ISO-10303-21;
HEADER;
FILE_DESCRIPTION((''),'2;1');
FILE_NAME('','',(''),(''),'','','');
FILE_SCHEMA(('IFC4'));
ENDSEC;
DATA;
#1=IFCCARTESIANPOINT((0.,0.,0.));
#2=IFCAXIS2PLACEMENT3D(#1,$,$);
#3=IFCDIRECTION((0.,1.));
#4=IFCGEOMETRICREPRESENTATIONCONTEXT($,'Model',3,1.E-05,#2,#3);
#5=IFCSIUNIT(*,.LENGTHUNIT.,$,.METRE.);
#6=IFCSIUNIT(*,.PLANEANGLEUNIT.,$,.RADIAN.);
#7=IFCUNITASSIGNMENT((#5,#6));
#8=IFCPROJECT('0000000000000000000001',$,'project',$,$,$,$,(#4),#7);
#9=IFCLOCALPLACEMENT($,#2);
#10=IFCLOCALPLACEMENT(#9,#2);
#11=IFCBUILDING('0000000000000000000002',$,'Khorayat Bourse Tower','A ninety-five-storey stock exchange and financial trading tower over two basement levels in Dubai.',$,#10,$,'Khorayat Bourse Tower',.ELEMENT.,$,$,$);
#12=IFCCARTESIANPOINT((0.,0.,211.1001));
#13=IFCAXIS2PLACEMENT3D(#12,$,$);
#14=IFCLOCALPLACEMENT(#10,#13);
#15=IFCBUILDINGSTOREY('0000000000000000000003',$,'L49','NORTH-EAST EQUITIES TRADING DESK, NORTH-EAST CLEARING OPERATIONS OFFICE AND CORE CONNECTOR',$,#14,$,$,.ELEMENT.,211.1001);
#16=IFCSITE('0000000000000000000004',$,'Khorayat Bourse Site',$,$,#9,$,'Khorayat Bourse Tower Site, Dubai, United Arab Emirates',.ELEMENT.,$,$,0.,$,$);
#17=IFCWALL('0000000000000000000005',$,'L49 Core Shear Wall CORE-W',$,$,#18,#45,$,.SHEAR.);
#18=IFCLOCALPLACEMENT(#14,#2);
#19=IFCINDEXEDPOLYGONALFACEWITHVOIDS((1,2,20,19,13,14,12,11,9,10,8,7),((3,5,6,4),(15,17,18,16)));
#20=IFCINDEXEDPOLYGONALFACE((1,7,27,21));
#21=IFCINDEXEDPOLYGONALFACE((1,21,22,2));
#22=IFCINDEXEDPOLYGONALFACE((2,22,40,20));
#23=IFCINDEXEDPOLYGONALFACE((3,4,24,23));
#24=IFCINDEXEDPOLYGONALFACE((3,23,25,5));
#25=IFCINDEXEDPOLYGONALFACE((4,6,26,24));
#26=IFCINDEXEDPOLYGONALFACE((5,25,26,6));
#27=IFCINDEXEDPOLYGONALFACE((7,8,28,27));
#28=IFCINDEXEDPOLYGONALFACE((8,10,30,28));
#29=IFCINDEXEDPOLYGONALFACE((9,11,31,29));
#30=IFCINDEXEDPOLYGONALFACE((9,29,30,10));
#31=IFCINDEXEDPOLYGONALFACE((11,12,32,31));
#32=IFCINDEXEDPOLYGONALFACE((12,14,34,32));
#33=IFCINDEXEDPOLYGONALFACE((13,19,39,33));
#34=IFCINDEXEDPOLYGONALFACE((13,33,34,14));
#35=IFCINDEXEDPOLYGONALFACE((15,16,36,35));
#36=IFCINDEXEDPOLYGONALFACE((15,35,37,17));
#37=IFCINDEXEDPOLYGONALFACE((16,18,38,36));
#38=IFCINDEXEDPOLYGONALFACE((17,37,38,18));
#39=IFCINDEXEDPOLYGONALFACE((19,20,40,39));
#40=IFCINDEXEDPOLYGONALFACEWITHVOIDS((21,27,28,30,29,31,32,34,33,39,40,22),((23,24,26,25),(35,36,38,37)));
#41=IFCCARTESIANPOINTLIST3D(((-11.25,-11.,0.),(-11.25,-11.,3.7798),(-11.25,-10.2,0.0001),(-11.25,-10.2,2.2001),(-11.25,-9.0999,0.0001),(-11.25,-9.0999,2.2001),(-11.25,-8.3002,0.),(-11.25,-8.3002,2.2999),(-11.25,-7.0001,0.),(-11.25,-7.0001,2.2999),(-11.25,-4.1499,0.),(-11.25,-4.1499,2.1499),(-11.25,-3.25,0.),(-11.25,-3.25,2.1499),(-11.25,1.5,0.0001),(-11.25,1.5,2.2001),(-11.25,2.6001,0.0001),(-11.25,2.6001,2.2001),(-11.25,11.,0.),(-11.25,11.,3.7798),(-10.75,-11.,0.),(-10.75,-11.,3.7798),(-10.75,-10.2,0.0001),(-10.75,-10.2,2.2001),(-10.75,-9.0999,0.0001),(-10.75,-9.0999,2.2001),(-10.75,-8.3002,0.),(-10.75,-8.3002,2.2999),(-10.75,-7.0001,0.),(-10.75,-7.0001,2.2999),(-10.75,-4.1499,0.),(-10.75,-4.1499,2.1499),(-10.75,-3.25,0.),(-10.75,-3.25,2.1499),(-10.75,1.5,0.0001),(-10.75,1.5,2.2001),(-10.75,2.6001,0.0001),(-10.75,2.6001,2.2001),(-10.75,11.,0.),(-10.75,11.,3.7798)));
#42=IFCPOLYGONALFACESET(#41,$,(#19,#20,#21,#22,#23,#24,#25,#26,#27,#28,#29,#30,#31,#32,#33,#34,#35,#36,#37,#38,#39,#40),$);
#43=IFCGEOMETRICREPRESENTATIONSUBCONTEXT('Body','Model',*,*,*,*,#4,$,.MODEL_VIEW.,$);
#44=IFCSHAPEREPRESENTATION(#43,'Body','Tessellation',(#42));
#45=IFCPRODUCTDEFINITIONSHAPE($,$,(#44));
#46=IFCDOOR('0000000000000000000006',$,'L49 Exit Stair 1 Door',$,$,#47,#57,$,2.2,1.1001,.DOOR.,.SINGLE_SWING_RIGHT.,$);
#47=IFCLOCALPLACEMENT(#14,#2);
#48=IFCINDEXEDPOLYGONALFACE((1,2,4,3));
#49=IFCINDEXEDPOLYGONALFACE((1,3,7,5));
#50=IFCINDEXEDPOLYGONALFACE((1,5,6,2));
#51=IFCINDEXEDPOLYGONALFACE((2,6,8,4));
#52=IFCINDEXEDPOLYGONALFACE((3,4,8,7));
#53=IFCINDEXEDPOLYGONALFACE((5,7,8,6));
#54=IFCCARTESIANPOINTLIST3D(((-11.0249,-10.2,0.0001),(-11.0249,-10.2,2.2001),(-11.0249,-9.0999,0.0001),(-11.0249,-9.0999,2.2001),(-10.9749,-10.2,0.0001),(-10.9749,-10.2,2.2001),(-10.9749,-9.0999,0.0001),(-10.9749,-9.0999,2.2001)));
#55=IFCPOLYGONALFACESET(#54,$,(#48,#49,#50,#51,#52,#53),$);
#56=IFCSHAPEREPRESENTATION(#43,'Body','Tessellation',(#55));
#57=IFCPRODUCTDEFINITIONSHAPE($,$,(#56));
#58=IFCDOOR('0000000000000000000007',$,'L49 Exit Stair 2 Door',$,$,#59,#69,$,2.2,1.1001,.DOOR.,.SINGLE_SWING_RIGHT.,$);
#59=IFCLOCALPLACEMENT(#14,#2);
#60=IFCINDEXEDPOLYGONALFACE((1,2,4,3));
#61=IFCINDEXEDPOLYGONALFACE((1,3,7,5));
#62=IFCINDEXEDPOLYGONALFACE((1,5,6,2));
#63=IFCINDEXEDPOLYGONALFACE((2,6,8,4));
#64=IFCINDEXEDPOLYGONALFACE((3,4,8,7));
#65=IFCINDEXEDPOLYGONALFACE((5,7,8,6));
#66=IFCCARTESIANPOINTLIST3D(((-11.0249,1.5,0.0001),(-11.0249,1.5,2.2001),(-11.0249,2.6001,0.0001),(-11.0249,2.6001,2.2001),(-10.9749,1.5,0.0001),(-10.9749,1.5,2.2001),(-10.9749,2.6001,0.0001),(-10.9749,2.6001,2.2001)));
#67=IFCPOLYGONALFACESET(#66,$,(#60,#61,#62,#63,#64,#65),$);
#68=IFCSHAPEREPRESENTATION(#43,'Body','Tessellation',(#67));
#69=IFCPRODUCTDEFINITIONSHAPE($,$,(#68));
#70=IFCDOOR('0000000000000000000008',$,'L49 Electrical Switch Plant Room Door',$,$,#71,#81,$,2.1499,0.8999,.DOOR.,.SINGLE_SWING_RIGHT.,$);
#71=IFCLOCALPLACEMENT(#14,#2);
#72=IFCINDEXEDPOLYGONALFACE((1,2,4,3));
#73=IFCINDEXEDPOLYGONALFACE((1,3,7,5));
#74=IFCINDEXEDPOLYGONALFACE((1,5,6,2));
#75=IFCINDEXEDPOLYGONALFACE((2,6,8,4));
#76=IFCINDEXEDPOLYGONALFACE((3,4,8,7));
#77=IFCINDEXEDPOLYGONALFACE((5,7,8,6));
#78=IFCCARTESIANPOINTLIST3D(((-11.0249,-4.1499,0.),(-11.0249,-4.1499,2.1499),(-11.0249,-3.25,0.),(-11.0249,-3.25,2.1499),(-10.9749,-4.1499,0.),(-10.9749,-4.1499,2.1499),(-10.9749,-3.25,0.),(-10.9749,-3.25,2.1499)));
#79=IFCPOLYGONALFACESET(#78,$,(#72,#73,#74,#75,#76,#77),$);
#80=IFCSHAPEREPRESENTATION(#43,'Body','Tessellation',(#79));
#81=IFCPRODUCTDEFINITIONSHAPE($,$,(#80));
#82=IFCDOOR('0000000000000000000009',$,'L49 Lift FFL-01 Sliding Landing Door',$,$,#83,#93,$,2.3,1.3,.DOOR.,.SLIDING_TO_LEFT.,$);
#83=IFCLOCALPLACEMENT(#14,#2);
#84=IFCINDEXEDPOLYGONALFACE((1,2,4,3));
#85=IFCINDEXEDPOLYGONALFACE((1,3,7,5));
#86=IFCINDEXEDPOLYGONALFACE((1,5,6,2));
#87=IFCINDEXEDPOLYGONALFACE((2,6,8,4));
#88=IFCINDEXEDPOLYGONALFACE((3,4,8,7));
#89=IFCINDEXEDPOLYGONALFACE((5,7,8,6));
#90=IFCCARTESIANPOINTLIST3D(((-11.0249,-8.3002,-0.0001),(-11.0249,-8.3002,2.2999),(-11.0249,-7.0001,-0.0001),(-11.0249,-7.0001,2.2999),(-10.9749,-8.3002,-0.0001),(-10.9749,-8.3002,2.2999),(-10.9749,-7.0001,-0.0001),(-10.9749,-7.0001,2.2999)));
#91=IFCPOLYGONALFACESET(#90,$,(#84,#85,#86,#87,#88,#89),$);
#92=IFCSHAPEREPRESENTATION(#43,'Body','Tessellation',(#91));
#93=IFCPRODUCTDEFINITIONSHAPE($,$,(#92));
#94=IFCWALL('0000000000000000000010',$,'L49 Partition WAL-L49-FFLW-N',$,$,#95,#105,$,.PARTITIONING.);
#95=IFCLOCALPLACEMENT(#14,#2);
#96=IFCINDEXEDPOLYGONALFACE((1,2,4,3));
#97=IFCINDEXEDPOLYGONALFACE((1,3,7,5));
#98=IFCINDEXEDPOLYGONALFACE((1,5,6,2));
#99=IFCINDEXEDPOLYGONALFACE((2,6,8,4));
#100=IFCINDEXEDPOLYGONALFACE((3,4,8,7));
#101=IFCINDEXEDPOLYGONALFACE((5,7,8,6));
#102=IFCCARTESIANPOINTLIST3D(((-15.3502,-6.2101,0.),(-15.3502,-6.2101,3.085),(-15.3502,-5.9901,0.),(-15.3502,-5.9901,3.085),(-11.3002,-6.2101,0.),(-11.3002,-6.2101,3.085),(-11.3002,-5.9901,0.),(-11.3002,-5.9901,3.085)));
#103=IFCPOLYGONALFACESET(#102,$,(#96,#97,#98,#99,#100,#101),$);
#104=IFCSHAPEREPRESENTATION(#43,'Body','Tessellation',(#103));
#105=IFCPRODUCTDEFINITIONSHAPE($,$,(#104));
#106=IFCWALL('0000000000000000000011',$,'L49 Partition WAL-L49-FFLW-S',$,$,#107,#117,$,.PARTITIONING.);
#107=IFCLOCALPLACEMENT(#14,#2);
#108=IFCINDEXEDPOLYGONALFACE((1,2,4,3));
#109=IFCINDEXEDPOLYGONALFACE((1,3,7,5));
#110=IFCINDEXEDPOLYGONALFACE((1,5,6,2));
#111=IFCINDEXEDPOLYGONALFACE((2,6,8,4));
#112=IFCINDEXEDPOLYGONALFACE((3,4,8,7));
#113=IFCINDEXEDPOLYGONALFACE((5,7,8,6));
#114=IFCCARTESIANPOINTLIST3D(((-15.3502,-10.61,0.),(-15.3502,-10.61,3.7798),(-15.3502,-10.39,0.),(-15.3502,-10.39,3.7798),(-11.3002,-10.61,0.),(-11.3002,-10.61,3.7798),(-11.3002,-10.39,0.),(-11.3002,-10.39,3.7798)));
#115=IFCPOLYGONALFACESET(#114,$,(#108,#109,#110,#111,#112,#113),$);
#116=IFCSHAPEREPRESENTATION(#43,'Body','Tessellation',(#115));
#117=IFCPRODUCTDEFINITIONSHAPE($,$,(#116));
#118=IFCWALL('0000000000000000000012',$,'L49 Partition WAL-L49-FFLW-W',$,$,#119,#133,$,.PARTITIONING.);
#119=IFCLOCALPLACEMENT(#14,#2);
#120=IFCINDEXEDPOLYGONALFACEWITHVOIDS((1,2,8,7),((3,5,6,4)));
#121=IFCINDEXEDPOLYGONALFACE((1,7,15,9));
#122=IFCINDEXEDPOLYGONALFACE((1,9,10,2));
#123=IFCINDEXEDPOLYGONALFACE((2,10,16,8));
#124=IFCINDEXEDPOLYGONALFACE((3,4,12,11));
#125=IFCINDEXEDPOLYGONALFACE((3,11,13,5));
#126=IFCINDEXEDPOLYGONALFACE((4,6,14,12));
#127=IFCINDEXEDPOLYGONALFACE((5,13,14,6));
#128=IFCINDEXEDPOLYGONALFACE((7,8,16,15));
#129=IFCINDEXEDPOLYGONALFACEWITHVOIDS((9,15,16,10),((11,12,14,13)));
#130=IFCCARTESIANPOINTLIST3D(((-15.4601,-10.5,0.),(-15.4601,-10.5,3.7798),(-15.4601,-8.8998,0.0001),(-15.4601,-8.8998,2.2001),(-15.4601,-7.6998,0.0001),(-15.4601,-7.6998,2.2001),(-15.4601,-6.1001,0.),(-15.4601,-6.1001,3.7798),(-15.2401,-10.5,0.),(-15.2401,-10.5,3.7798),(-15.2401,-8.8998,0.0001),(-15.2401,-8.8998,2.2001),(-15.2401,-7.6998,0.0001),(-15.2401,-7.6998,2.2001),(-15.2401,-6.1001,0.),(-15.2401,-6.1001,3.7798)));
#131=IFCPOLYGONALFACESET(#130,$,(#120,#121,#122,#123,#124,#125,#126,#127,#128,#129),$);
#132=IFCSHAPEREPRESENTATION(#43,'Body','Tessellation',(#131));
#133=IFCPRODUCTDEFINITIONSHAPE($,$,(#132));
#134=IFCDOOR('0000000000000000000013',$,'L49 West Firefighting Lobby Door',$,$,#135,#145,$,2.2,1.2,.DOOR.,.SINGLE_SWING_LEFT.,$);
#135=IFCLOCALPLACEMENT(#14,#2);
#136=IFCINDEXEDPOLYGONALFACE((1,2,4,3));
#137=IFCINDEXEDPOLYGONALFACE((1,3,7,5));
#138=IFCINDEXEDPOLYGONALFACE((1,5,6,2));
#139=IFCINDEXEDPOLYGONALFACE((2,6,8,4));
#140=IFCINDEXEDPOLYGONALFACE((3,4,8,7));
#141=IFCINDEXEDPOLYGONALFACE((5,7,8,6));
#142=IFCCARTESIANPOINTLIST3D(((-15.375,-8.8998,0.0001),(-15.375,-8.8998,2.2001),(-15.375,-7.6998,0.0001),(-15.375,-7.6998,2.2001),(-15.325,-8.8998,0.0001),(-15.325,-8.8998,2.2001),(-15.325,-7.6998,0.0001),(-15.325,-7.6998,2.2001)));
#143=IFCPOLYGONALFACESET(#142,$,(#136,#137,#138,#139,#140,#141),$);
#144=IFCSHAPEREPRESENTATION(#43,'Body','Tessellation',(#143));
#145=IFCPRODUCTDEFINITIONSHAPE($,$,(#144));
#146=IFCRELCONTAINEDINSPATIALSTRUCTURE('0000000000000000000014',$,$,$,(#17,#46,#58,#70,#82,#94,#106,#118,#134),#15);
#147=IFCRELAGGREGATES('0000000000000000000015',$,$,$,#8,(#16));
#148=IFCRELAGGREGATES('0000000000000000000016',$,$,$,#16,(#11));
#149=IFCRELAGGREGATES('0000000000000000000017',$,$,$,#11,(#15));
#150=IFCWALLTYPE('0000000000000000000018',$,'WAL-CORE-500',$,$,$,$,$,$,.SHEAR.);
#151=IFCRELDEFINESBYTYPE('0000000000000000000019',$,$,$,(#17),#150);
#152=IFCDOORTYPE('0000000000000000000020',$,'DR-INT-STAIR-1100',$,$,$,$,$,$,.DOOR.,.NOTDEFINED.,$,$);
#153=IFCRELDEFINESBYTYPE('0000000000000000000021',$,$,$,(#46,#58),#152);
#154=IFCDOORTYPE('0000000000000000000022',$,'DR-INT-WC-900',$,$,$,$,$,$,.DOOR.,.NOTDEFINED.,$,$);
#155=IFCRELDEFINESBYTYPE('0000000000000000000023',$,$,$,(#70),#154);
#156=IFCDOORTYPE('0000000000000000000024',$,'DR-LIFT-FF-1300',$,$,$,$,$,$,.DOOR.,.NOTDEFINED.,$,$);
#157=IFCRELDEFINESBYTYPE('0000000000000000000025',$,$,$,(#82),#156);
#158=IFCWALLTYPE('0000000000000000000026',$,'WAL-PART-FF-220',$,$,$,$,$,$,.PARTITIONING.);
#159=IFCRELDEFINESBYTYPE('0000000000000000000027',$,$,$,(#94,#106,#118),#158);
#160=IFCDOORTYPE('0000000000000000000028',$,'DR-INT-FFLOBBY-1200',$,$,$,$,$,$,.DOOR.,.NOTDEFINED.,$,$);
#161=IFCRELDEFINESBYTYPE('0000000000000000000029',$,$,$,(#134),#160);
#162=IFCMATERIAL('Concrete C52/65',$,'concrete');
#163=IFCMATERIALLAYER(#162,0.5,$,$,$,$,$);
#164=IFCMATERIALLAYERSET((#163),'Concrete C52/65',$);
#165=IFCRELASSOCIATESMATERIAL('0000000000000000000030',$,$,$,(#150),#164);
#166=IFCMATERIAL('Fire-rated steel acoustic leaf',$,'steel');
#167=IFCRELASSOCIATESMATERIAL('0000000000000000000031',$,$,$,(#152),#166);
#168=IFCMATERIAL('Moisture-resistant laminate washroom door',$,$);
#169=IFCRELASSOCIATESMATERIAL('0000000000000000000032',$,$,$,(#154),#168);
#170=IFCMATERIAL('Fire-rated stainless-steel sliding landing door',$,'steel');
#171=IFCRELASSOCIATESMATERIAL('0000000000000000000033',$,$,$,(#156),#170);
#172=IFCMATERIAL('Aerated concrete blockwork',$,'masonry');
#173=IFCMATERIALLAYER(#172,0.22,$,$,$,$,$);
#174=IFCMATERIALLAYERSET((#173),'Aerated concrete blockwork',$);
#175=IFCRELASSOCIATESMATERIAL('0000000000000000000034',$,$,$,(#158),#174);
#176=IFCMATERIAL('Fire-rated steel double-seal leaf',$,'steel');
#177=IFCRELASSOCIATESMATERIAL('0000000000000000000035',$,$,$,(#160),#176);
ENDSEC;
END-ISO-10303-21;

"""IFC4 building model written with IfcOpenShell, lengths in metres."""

from ifc_helpers import new_model, si_unit, direction, frame, frame_2d, origin, place, context, subcontext, project, spatial, rectangle, extrude, source, transform, mapped, material, layer, layer_set, type_object, element, fill, save


model = new_model("IFC4")

# Units and contexts
model_context = context("Model", 3, precision=1e-05, world=origin(), true_north=direction((0.0, 1.0)))
body_context = subcontext(model_context, "Body", "Model", "MODEL_VIEW")
ifc_project = project(units=[si_unit("LENGTHUNIT", "METRE"), si_unit("PLANEANGLEUNIT", "RADIAN")], contexts=[model_context])

# Site, building, storey
site_placement = place(None, origin())
site = spatial("IfcSite", under=ifc_project, at=site_placement, Name="Khorayat Bourse Site", LongName="Khorayat Bourse Tower Site, Dubai, United Arab Emirates", CompositionType="ELEMENT", RefElevation=0.0)
building_placement = place(site_placement, origin())
building = spatial("IfcBuilding", under=site, at=building_placement, Name="Khorayat Bourse Tower", Description="A ninety-five-storey stock exchange and financial trading tower over two basement levels in Dubai.", LongName="Khorayat Bourse Tower", CompositionType="ELEMENT")
storey_placement = place(building_placement, frame((0.0, 0.0, 211.1001)))
storey = spatial("IfcBuildingStorey", under=building, at=storey_placement, Name="L49", Description="NORTH-EAST EQUITIES TRADING DESK, NORTH-EAST CLEARING OPERATIONS OFFICE AND CORE CONNECTOR", CompositionType="ELEMENT", Elevation=211.1001)

# Wall, openings, doors
ifc_material_1 = material(Name="Concrete C52/65", Category="concrete")
ifc_layer_1 = layer(ifc_material_1, 0.5)
ifc_layer_set_1 = layer_set([ifc_layer_1], Name="Concrete C52/65")
wall_type_1 = type_object("IfcWallType", Name="WAL-CORE-500", PredefinedType="SHEAR", material=ifc_layer_set_1)
shared_shape_1 = source(origin(), body_context, "Body", "SweptSolid", [
    extrude(rectangle(XDim=22.0, YDim=0.5, at=frame_2d((11.0, 0.0))), origin(), (0.0, 0.0, 1.0), 3.7798),
])
wall_1_placement = place(storey_placement, frame((-11.0, -11.0, 0.0), z_axis=(0.0, 0.0, 1.0), x_axis=(0.0, 1.0, 0.0)))
wall_1 = element("IfcWall", 1, at=wall_1_placement, inside=storey, type_object=wall_type_1, Name="L49 Core Shear Wall CORE-W", PredefinedType="SHEAR", context=body_context, shape_type="MappedRepresentation", body=[
    mapped(shared_shape_1, transform((0.0, 0.0, 0.0), scale=1.0)),
])
shared_shape_2 = source(origin(), body_context, "Body", "SweptSolid", [
    extrude(rectangle(XDim=1.1001, YDim=2.2, at=frame_2d((0.55, 1.1001))), frame((0.0, 0.26, 0.0), z_axis=(0.0, -1.0, 0.0), x_axis=(1.0, 0.0, 0.0)), (0.0, 0.0, 1.0), 0.52),
])
opening_1_placement = place(wall_1_placement, frame((0.8, 0.0, 0.0)))
opening_1 = element("IfcOpeningElement", 2, at=opening_1_placement, cuts=wall_1, PredefinedType="OPENING", context=body_context, shape_type="MappedRepresentation", body=[
    mapped(shared_shape_2, transform((0.0, 0.0, 0.0), scale=1.0)),
])
opening_2_placement = place(wall_1_placement, frame((12.5, 0.0, 0.0)))
opening_2 = element("IfcOpeningElement", 3, at=opening_2_placement, cuts=wall_1, PredefinedType="OPENING", context=body_context, shape_type="MappedRepresentation", body=[
    mapped(shared_shape_2, transform((0.0, 0.0, 0.0), scale=1.0)),
])
shared_shape_3 = source(origin(), body_context, "Body", "SweptSolid", [
    extrude(rectangle(XDim=0.8999, YDim=2.1499, at=frame_2d((0.45, 1.075))), frame((0.0, 0.26, 0.0), z_axis=(0.0, -1.0, 0.0), x_axis=(1.0, 0.0, 0.0)), (0.0, 0.0, 1.0), 0.52),
])
opening_3_placement = place(wall_1_placement, frame((6.8501, 0.0, 0.0)))
opening_3 = element("IfcOpeningElement", 4, at=opening_3_placement, cuts=wall_1, PredefinedType="OPENING", context=body_context, shape_type="MappedRepresentation", body=[
    mapped(shared_shape_3, transform((0.0, 0.0, 0.0), scale=1.0)),
])
shared_shape_4 = source(origin(), body_context, "Body", "SweptSolid", [
    extrude(rectangle(XDim=1.3, YDim=2.3, at=frame_2d((0.6499, 1.1499))), frame((0.0, 0.26, 0.0), z_axis=(0.0, -1.0, 0.0), x_axis=(1.0, 0.0, 0.0)), (0.0, 0.0, 1.0), 0.52),
])
opening_4_placement = place(wall_1_placement, frame((2.7, 0.0, 0.0)))
opening_4 = element("IfcOpeningElement", 5, at=opening_4_placement, cuts=wall_1, PredefinedType="OPENING", context=body_context, shape_type="MappedRepresentation", body=[
    mapped(shared_shape_4, transform((0.0, 0.0, 0.0), scale=1.0)),
])
ifc_material_2 = material(Name="Fire-rated steel acoustic leaf", Category="steel")
door_type_1 = type_object("IfcDoorType", Name="DR-INT-STAIR-1100", OperationType="NOTDEFINED", PredefinedType="DOOR", material=ifc_material_2)
shared_shape_5 = source(origin(), body_context, "Body", "SweptSolid", [
    extrude(rectangle(XDim=1.1001, YDim=2.2, at=frame_2d((0.55, 1.1001))), frame((0.0, 0.0249, 0.0), z_axis=(0.0, -1.0, 0.0), x_axis=(1.0, 0.0, 0.0)), (0.0, 0.0, 1.0), 0.05),
])
door_1_placement = place(opening_1_placement, origin())
door_1 = element("IfcDoor", 6, at=door_1_placement, inside=storey, type_object=door_type_1, Name="L49 Exit Stair 1 Door", OperationType="SINGLE_SWING_RIGHT", OverallHeight=2.2, OverallWidth=1.1001, PredefinedType="DOOR", context=body_context, shape_type="MappedRepresentation", body=[
    mapped(shared_shape_5, transform((0.0, 0.0, 0.0), scale=1.0)),
])
fill(opening_1, door_1)
door_2_placement = place(opening_2_placement, origin())
door_2 = element("IfcDoor", 7, at=door_2_placement, inside=storey, type_object=door_type_1, Name="L49 Exit Stair 2 Door", OperationType="SINGLE_SWING_RIGHT", OverallHeight=2.2, OverallWidth=1.1001, PredefinedType="DOOR", context=body_context, shape_type="MappedRepresentation", body=[
    mapped(shared_shape_5, transform((0.0, 0.0, 0.0), scale=1.0)),
])
fill(opening_2, door_2)
ifc_material_3 = material(Name="Moisture-resistant laminate washroom door")
door_type_2 = type_object("IfcDoorType", Name="DR-INT-WC-900", OperationType="NOTDEFINED", PredefinedType="DOOR", material=ifc_material_3)
shared_shape_6 = source(origin(), body_context, "Body", "SweptSolid", [
    extrude(rectangle(XDim=0.8999, YDim=2.1499, at=frame_2d((0.45, 1.075))), frame((0.0, 0.0249, 0.0), z_axis=(0.0, -1.0, 0.0), x_axis=(1.0, 0.0, 0.0)), (0.0, 0.0, 1.0), 0.05),
])
door_3_placement = place(opening_3_placement, origin())
door_3 = element("IfcDoor", 8, at=door_3_placement, inside=storey, type_object=door_type_2, Name="L49 Electrical Switch Plant Room Door", OperationType="SINGLE_SWING_RIGHT", OverallHeight=2.1499, OverallWidth=0.8999, PredefinedType="DOOR", context=body_context, shape_type="MappedRepresentation", body=[
    mapped(shared_shape_6, transform((0.0, 0.0, 0.0), scale=1.0)),
])
fill(opening_3, door_3)
ifc_material_4 = material(Name="Fire-rated stainless-steel sliding landing door", Category="steel")
door_type_3 = type_object("IfcDoorType", Name="DR-LIFT-FF-1300", OperationType="NOTDEFINED", PredefinedType="DOOR", material=ifc_material_4)
shared_shape_7 = source(origin(), body_context, "Body", "SweptSolid", [
    extrude(rectangle(XDim=1.3, YDim=2.3, at=frame_2d((0.6499, 1.1499))), frame((0.0, 0.0249, 0.0), z_axis=(0.0, -1.0, 0.0), x_axis=(1.0, 0.0, 0.0)), (0.0, 0.0, 1.0), 0.05),
])
door_4_placement = place(opening_4_placement, origin())
door_4 = element("IfcDoor", 9, at=door_4_placement, inside=storey, type_object=door_type_3, Name="L49 Lift FFL-01 Sliding Landing Door", OperationType="SLIDING_TO_LEFT", OverallHeight=2.3, OverallWidth=1.3, PredefinedType="DOOR", context=body_context, shape_type="MappedRepresentation", body=[
    mapped(shared_shape_7, transform((0.0, 0.0, 0.0), scale=1.0)),
])
fill(opening_4, door_4)

# Walls
ifc_material_5 = material(Name="Aerated concrete blockwork", Category="masonry")
ifc_layer_2 = layer(ifc_material_5, 0.22)
ifc_layer_set_2 = layer_set([ifc_layer_2], Name="Aerated concrete blockwork")
wall_type_2 = type_object("IfcWallType", Name="WAL-PART-FF-220", PredefinedType="PARTITIONING", material=ifc_layer_set_2)
shared_shape_8 = source(origin(), body_context, "Body", "SweptSolid", [
    extrude(rectangle(XDim=4.05, YDim=0.22, at=frame_2d((2.0249, 0.0))), origin(), (0.0, 0.0, 1.0), 3.085),
])
wall_2_placement = place(storey_placement, frame((-15.3501, -6.1001, 0.0), z_axis=(0.0, 0.0, 1.0), x_axis=(1.0, 0.0, 0.0)))
element("IfcWall", 10, at=wall_2_placement, inside=storey, type_object=wall_type_2, Name="L49 Partition WAL-L49-FFLW-N", PredefinedType="PARTITIONING", context=body_context, shape_type="MappedRepresentation", body=[
    mapped(shared_shape_8, transform((0.0, 0.0, 0.0), scale=1.0)),
])
shared_shape_9 = source(origin(), body_context, "Body", "SweptSolid", [
    extrude(rectangle(XDim=4.05, YDim=0.22, at=frame_2d((2.0249, 0.0))), origin(), (0.0, 0.0, 1.0), 3.7798),
])
wall_3_placement = place(storey_placement, frame((-15.3501, -10.5, 0.0), z_axis=(0.0, 0.0, 1.0), x_axis=(1.0, 0.0, 0.0)))
element("IfcWall", 11, at=wall_3_placement, inside=storey, type_object=wall_type_2, Name="L49 Partition WAL-L49-FFLW-S", PredefinedType="PARTITIONING", context=body_context, shape_type="MappedRepresentation", body=[
    mapped(shared_shape_9, transform((0.0, 0.0, 0.0), scale=1.0)),
])

# Wall, opening, door
shared_shape_10 = source(origin(), body_context, "Body", "SweptSolid", [
    extrude(rectangle(XDim=4.3999, YDim=0.22, at=frame_2d((2.2, 0.0))), origin(), (0.0, 0.0, 1.0), 3.7798),
])
wall_4_placement = place(storey_placement, frame((-15.3501, -10.5, 0.0), z_axis=(0.0, 0.0, 1.0), x_axis=(0.0, 1.0, 0.0)))
wall_4 = element("IfcWall", 12, at=wall_4_placement, inside=storey, type_object=wall_type_2, Name="L49 Partition WAL-L49-FFLW-W", PredefinedType="PARTITIONING", context=body_context, shape_type="MappedRepresentation", body=[
    mapped(shared_shape_10, transform((0.0, 0.0, 0.0), scale=1.0)),
])
shared_shape_11 = source(origin(), body_context, "Body", "SweptSolid", [
    extrude(rectangle(XDim=1.2, YDim=2.2, at=frame_2d((0.6001, 1.1001))), frame((0.0, 0.1199, 0.0), z_axis=(0.0, -1.0, 0.0), x_axis=(1.0, 0.0, 0.0)), (0.0, 0.0, 1.0), 0.24),
])
opening_5_placement = place(wall_4_placement, frame((1.6001, 0.0, 0.0)))
opening_5 = element("IfcOpeningElement", 13, at=opening_5_placement, cuts=wall_4, PredefinedType="OPENING", context=body_context, shape_type="MappedRepresentation", body=[
    mapped(shared_shape_11, transform((0.0, 0.0, 0.0), scale=1.0)),
])
ifc_material_6 = material(Name="Fire-rated steel double-seal leaf", Category="steel")
door_type_4 = type_object("IfcDoorType", Name="DR-INT-FFLOBBY-1200", OperationType="NOTDEFINED", PredefinedType="DOOR", material=ifc_material_6)
shared_shape_12 = source(origin(), body_context, "Body", "SweptSolid", [
    extrude(rectangle(XDim=1.2, YDim=2.2, at=frame_2d((0.6001, 1.1001))), frame((0.0, 0.0249, 0.0), z_axis=(0.0, -1.0, 0.0), x_axis=(1.0, 0.0, 0.0)), (0.0, 0.0, 1.0), 0.05),
])
door_5_placement = place(opening_5_placement, origin())
door_5 = element("IfcDoor", 14, at=door_5_placement, inside=storey, type_object=door_type_4, Name="L49 West Firefighting Lobby Door", OperationType="SINGLE_SWING_LEFT", OverallHeight=2.2, OverallWidth=1.2, PredefinedType="DOOR", context=body_context, shape_type="MappedRepresentation", body=[
    mapped(shared_shape_12, transform((0.0, 0.0, 0.0), scale=1.0)),
])
fill(opening_5, door_5)

save(model, "model.ifc")
